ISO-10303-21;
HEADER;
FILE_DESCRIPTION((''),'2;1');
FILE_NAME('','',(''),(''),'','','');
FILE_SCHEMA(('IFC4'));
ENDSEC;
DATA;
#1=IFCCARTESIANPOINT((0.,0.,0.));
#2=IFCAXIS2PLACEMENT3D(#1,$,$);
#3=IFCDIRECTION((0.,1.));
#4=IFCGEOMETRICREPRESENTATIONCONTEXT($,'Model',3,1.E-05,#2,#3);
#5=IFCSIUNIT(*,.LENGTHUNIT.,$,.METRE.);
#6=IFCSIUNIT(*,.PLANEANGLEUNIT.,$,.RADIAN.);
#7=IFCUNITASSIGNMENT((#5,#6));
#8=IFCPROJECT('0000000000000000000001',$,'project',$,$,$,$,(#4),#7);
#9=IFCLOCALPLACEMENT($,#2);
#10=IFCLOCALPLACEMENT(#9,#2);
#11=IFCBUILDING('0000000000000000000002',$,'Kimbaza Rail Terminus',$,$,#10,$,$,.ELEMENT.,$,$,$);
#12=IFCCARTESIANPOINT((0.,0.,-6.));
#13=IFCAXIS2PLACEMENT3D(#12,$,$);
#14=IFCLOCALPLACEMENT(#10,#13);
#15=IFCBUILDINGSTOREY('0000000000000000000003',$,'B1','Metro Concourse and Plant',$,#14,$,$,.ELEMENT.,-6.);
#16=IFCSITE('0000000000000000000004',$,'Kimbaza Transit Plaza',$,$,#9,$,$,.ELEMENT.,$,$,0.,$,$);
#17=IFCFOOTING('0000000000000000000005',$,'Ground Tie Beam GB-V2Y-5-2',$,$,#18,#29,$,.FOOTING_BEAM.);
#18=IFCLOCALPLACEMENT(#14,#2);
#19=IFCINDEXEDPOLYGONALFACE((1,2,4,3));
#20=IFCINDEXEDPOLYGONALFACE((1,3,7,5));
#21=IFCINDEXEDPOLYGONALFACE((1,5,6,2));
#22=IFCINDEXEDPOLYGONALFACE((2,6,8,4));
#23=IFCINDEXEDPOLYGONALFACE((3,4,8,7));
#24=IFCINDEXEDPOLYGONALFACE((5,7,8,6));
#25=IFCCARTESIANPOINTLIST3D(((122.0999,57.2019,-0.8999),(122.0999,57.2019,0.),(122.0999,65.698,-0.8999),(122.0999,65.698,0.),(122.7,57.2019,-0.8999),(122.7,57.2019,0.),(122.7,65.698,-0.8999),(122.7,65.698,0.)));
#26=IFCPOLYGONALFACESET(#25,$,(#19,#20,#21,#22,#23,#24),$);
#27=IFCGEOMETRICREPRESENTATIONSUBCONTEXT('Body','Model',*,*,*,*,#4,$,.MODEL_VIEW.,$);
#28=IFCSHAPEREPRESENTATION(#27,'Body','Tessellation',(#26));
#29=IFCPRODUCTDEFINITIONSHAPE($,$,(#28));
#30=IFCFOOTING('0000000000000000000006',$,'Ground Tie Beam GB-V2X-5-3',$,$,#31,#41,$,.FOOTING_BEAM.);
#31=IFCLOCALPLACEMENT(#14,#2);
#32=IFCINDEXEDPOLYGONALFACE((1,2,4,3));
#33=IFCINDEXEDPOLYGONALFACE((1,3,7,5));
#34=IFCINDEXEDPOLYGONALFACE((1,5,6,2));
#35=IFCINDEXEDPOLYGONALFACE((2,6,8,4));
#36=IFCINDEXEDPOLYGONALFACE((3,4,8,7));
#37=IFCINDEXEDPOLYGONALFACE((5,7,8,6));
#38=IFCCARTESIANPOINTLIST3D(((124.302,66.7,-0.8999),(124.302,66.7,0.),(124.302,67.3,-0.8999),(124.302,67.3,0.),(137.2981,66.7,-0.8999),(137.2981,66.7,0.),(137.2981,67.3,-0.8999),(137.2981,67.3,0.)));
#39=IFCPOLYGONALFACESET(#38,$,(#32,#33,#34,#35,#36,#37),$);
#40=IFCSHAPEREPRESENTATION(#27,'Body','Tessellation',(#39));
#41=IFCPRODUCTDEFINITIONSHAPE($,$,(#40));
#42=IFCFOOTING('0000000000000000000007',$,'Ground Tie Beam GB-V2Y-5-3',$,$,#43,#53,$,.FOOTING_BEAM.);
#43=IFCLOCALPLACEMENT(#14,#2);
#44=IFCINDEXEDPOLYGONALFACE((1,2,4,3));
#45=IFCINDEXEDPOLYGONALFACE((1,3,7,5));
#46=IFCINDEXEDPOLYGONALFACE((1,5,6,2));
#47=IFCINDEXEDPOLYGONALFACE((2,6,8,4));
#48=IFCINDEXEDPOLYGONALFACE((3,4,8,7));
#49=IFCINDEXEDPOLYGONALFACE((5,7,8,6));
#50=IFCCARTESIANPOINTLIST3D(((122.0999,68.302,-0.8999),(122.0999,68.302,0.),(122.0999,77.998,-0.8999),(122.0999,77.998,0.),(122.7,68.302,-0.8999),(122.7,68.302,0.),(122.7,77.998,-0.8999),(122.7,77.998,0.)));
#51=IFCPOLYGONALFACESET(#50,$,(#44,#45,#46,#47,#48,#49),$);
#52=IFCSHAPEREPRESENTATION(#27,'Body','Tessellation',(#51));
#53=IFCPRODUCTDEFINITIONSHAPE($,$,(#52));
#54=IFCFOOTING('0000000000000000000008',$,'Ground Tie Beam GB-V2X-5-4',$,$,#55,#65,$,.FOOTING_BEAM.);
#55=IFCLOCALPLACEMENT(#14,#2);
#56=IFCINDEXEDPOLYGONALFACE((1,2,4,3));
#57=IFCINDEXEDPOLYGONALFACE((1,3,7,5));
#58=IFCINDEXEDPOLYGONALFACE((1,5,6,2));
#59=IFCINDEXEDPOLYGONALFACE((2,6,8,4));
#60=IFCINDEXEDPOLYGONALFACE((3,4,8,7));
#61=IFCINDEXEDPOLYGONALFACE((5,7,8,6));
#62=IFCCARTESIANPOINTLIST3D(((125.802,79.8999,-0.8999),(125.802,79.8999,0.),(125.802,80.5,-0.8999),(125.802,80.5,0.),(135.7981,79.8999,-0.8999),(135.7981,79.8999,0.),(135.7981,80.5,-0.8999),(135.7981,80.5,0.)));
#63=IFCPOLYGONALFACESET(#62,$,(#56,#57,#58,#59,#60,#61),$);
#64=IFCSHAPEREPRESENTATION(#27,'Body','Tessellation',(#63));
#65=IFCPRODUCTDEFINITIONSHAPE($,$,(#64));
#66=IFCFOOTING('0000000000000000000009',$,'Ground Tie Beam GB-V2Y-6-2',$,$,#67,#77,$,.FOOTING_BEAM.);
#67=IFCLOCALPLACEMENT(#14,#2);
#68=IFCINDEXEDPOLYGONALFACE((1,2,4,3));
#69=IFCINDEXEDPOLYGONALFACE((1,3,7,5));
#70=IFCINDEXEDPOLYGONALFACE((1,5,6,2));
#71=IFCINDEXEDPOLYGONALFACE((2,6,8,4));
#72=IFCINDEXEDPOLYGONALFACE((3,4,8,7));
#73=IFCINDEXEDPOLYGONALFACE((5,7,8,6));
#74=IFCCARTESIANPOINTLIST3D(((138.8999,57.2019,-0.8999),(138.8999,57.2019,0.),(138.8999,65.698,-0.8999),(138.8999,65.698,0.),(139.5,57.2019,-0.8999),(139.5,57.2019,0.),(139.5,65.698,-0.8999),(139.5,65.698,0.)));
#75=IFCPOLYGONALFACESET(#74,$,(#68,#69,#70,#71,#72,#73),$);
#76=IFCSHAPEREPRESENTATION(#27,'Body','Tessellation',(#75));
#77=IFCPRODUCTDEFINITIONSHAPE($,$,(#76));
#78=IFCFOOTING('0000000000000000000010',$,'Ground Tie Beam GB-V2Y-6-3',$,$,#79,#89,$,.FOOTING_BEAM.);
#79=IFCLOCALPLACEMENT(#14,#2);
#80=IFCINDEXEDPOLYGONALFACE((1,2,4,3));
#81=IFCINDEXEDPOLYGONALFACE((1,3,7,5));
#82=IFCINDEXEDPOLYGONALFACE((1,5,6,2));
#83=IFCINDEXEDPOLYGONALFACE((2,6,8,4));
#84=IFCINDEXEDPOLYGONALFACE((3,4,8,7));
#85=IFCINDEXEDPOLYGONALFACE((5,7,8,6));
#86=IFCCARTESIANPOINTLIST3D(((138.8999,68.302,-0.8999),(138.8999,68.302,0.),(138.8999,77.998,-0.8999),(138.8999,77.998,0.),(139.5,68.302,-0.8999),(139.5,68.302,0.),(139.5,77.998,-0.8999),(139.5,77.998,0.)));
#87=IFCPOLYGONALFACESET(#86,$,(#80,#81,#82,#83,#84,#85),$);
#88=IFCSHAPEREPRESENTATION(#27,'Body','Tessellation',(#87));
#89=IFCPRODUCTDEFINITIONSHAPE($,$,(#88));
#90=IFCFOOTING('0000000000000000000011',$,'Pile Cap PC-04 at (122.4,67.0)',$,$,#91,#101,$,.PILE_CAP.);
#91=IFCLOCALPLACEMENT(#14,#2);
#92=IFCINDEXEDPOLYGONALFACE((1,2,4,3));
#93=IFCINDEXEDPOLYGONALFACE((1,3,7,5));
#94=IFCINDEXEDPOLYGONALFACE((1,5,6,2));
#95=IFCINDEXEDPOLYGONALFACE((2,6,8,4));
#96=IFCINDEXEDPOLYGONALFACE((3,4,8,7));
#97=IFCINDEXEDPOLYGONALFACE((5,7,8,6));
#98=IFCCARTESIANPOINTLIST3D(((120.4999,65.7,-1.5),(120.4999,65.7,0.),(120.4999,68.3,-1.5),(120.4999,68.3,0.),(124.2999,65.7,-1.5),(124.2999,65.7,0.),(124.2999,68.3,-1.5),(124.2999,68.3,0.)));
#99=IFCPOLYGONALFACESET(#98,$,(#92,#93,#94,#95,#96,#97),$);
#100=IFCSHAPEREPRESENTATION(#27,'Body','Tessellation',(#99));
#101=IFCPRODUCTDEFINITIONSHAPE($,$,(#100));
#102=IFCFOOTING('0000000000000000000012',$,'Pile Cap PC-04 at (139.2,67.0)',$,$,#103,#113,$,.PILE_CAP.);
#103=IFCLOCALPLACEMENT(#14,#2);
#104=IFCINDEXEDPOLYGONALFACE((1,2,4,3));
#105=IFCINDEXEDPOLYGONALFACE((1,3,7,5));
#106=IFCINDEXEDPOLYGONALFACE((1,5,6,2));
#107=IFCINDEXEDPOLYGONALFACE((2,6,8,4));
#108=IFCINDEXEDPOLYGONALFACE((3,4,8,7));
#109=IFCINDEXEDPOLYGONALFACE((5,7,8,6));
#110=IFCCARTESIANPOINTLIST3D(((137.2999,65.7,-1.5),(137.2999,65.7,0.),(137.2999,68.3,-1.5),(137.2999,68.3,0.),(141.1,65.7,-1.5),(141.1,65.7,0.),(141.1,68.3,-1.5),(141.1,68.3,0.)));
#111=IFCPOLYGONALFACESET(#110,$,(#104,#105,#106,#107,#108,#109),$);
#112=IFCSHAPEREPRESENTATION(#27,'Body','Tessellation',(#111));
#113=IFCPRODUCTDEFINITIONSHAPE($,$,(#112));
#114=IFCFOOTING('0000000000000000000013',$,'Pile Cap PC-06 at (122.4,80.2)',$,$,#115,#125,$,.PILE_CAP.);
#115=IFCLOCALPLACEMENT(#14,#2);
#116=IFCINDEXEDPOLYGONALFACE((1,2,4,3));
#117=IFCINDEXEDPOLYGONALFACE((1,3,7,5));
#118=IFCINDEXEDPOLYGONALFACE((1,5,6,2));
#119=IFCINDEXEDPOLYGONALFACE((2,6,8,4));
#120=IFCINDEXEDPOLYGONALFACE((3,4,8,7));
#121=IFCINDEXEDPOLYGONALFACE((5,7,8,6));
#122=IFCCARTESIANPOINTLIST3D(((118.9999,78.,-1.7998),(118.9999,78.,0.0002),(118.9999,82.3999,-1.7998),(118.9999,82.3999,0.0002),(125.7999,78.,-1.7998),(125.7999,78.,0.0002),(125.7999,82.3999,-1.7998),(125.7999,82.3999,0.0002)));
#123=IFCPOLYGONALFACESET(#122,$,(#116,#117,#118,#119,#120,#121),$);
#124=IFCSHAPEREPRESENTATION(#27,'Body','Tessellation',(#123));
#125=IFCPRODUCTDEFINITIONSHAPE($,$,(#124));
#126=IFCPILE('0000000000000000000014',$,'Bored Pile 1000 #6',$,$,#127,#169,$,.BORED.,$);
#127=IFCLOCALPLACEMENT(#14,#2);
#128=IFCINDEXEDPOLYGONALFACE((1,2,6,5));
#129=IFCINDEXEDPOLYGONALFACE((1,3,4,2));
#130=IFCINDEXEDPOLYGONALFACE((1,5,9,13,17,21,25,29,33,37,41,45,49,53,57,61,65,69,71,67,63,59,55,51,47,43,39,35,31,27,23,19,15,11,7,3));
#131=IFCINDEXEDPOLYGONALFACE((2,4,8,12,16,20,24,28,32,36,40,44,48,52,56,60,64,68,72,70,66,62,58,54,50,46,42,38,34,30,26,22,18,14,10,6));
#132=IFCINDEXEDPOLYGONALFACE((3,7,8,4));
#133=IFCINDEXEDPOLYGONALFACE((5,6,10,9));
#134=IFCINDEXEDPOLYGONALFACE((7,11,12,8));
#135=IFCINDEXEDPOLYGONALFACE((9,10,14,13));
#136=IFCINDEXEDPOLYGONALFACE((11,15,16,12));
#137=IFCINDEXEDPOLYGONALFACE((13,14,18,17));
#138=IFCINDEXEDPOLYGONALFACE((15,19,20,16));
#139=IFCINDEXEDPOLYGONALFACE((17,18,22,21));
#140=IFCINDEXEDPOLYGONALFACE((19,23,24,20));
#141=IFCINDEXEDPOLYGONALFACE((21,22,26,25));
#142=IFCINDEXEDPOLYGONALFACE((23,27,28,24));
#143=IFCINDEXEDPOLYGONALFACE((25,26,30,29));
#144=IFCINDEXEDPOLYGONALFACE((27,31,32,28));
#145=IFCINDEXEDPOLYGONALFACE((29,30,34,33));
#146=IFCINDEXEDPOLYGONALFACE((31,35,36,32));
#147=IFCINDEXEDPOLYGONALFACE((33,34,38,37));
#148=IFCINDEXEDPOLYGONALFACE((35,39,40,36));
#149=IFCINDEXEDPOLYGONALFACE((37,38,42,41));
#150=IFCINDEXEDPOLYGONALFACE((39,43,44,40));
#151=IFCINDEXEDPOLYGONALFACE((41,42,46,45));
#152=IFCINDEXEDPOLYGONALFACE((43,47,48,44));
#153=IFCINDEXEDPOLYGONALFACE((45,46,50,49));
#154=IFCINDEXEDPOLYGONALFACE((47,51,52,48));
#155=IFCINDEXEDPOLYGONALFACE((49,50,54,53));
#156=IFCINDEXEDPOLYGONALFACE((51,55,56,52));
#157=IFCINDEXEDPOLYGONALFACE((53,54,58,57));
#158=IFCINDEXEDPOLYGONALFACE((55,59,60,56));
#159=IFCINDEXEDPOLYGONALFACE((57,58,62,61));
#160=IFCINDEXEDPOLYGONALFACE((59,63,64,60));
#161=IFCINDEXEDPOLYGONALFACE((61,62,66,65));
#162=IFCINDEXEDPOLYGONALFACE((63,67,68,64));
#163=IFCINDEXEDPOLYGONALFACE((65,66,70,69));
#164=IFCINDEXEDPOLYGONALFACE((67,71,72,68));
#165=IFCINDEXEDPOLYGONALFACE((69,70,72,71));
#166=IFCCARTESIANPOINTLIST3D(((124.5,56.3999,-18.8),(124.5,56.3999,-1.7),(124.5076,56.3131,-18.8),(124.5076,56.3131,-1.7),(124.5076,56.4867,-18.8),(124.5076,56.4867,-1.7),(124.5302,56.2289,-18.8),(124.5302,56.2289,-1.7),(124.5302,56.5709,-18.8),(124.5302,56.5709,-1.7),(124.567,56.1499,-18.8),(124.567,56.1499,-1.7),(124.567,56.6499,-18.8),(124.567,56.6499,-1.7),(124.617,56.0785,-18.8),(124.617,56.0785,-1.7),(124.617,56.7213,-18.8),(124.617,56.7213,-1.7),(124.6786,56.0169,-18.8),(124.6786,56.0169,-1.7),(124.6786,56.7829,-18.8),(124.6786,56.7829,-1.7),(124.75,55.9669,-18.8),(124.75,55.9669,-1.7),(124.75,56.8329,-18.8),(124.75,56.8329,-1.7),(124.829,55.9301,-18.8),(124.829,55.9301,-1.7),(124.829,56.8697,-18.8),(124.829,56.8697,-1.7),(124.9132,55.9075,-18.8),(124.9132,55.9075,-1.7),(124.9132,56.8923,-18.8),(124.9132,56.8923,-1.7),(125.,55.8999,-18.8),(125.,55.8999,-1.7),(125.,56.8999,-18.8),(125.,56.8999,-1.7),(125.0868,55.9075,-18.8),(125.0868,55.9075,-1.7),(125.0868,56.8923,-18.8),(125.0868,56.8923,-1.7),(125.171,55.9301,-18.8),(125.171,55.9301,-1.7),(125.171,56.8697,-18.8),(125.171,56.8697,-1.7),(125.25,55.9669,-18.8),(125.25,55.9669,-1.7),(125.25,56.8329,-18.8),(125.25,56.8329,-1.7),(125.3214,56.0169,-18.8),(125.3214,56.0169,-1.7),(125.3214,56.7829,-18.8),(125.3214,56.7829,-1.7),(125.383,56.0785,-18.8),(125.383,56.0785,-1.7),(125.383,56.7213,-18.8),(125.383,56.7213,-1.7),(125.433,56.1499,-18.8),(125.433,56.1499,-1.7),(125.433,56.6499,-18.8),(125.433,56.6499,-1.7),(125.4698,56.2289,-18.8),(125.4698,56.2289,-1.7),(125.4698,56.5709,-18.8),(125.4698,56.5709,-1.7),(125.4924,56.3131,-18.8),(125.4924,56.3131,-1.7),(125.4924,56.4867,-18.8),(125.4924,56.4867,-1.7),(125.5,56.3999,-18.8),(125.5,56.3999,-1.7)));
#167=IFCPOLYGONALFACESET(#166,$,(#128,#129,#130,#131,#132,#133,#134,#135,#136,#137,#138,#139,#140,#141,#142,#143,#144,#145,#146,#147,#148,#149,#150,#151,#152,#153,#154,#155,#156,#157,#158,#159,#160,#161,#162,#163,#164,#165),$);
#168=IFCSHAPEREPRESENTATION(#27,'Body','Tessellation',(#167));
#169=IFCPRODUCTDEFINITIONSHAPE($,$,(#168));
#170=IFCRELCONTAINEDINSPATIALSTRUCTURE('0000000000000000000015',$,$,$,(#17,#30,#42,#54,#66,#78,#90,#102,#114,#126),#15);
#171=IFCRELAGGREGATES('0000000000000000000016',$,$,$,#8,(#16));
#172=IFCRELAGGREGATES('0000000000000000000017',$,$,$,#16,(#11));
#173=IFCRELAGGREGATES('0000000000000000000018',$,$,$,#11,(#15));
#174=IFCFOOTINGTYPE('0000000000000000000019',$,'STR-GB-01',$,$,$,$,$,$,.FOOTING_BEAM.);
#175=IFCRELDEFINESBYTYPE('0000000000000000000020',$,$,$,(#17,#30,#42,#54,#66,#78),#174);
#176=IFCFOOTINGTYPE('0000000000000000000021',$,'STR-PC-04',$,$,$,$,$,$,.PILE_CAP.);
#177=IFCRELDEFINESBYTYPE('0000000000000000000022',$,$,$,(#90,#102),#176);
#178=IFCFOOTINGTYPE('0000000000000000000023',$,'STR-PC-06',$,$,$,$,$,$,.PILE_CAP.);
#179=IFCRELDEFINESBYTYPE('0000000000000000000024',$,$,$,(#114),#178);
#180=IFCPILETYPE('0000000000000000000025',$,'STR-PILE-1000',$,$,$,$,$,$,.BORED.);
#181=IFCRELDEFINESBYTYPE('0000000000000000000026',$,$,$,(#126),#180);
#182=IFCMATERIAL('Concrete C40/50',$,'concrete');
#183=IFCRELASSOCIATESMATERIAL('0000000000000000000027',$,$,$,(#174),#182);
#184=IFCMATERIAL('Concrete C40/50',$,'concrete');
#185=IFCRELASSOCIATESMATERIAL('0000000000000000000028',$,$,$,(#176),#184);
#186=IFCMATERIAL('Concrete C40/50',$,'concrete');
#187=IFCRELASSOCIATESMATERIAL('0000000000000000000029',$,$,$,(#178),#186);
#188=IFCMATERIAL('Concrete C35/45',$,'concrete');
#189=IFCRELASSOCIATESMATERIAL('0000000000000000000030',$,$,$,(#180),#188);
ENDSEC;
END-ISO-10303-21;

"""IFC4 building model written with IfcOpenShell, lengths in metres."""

from ifc_helpers import new_model, si_unit, direction, frame, origin, origin_2d, place, context, subcontext, project, spatial, rectangle, circle, extrude, material, material_profile, profile_set, type_object, element, save


model = new_model("IFC4")

# Units and contexts
model_context = context("Model", 3, precision=1e-05, world=origin(), true_north=direction((0.0, 1.0)))
body_context = subcontext(model_context, "Body", "Model", "MODEL_VIEW")
ifc_project = project(units=[si_unit("LENGTHUNIT", "METRE"), si_unit("PLANEANGLEUNIT", "RADIAN")], contexts=[model_context])

# Site, building, storey
site_placement = place(None, origin())
site = spatial("IfcSite", under=ifc_project, at=site_placement, Name="Kimbaza Transit Plaza", CompositionType="ELEMENT", RefElevation=0.0)
building_placement = place(site_placement, origin())
building = spatial("IfcBuilding", under=site, at=building_placement, Name="Kimbaza Rail Terminus", CompositionType="ELEMENT")
storey_placement = place(building_placement, frame((0.0, 0.0, -6.0)))
storey = spatial("IfcBuildingStorey", under=building, at=storey_placement, Name="B1", Description="Metro Concourse and Plant", CompositionType="ELEMENT", Elevation=-6.0)

# Footings
ifc_material_1 = material(Name="Concrete C40/50", Category="concrete")
ifc_material_profile_1 = material_profile(ifc_material_1, rectangle(XDim=0.6001, YDim=0.8999, at=origin_2d()), Name="GB-01 600x900")
ifc_profile_set_1 = profile_set([ifc_material_profile_1], Name="Concrete C40/50")
footing_type_1 = type_object("IfcFootingType", Name="STR-GB-01", PredefinedType="FOOTING_BEAM", material=ifc_profile_set_1)
footing_1_placement = place(storey_placement, frame((122.3999, 57.2019, -0.45), z_axis=(0.0, 1.0, 0.0), x_axis=(-1.0, 0.0, 0.0)))
element("IfcFooting", 1, at=footing_1_placement, inside=storey, type_object=footing_type_1, Name="Ground Tie Beam GB-V2Y-5-2", PredefinedType="FOOTING_BEAM", context=body_context, shape_type="SweptSolid", body=[
    extrude(rectangle(XDim=0.6001, YDim=0.8999, at=origin_2d()), origin(), (0.0, 0.0, 1.0), 8.4961),
])
footing_2_placement = place(storey_placement, frame((124.302, 67.0, -0.45), z_axis=(1.0, 0.0, 0.0), x_axis=(0.0, 1.0, 0.0)))
element("IfcFooting", 2, at=footing_2_placement, inside=storey, type_object=footing_type_1, Name="Ground Tie Beam GB-V2X-5-3", PredefinedType="FOOTING_BEAM", context=body_context, shape_type="SweptSolid", body=[
    extrude(rectangle(XDim=0.6001, YDim=0.8999, at=origin_2d()), origin(), (0.0, 0.0, 1.0), 12.9961),
])
footing_3_placement = place(storey_placement, frame((122.3999, 68.302, -0.45), z_axis=(0.0, 1.0, 0.0), x_axis=(-1.0, 0.0, 0.0)))
element("IfcFooting", 3, at=footing_3_placement, inside=storey, type_object=footing_type_1, Name="Ground Tie Beam GB-V2Y-5-3", PredefinedType="FOOTING_BEAM", context=body_context, shape_type="SweptSolid", body=[
    extrude(rectangle(XDim=0.6001, YDim=0.8999, at=origin_2d()), origin(), (0.0, 0.0, 1.0), 9.696),
])
footing_4_placement = place(storey_placement, frame((125.802, 80.2, -0.45), z_axis=(1.0, 0.0, 0.0), x_axis=(0.0, 1.0, 0.0)))
element("IfcFooting", 4, at=footing_4_placement, inside=storey, type_object=footing_type_1, Name="Ground Tie Beam GB-V2X-5-4", PredefinedType="FOOTING_BEAM", context=body_context, shape_type="SweptSolid", body=[
    extrude(rectangle(XDim=0.6001, YDim=0.8999, at=origin_2d()), origin(), (0.0, 0.0, 1.0), 9.9961),
])
footing_5_placement = place(storey_placement, frame((139.2, 57.2019, -0.45), z_axis=(0.0, 1.0, 0.0), x_axis=(-1.0, 0.0, 0.0)))
element("IfcFooting", 5, at=footing_5_placement, inside=storey, type_object=footing_type_1, Name="Ground Tie Beam GB-V2Y-6-2", PredefinedType="FOOTING_BEAM", context=body_context, shape_type="SweptSolid", body=[
    extrude(rectangle(XDim=0.6001, YDim=0.8999, at=origin_2d()), origin(), (0.0, 0.0, 1.0), 8.4961),
])
footing_6_placement = place(storey_placement, frame((139.2, 68.302, -0.45), z_axis=(0.0, 1.0, 0.0), x_axis=(-1.0, 0.0, 0.0)))
element("IfcFooting", 6, at=footing_6_placement, inside=storey, type_object=footing_type_1, Name="Ground Tie Beam GB-V2Y-6-3", PredefinedType="FOOTING_BEAM", context=body_context, shape_type="SweptSolid", body=[
    extrude(rectangle(XDim=0.6001, YDim=0.8999, at=origin_2d()), origin(), (0.0, 0.0, 1.0), 9.696),
])
ifc_material_2 = material(Name="Concrete C40/50", Category="concrete")
footing_type_2 = type_object("IfcFootingType", Name="STR-PC-04", PredefinedType="PILE_CAP", material=ifc_material_2)
for number, where, z_axis, x_axis, name in (
    (7, (122.3999, 67.0, -1.5), (0.0, 0.0, 1.0), (1.0, 0.0, 0.0), "Pile Cap PC-04 at (122.4,67.0)"),
    (8, (139.2, 67.0, -1.5), (0.0, 0.0, 1.0), (1.0, 0.0, 0.0), "Pile Cap PC-04 at (139.2,67.0)"),
):
    element("IfcFooting", number, at=place(storey_placement, frame(where, z_axis=z_axis, x_axis=x_axis)), inside=storey, type_object=footing_type_2, Name=name, PredefinedType="PILE_CAP", context=body_context, shape_type="SweptSolid", body=[
        extrude(rectangle(XDim=3.8, YDim=2.6001, at=origin_2d()), origin(), (0.0, 0.0, 1.0), 1.5),
    ])
ifc_material_3 = material(Name="Concrete C40/50", Category="concrete")
footing_type_3 = type_object("IfcFootingType", Name="STR-PC-06", PredefinedType="PILE_CAP", material=ifc_material_3)
footing_7_placement = place(storey_placement, frame((122.3999, 80.2, -1.7998), z_axis=(0.0, 0.0, 1.0), x_axis=(1.0, 0.0, 0.0)))
element("IfcFooting", 9, at=footing_7_placement, inside=storey, type_object=footing_type_3, Name="Pile Cap PC-06 at (122.4,80.2)", PredefinedType="PILE_CAP", context=body_context, shape_type="SweptSolid", body=[
    extrude(rectangle(XDim=6.8, YDim=4.3999, at=origin_2d()), origin(), (0.0, 0.0, 1.0), 1.8),
])

# Pile
ifc_material_4 = material(Name="Concrete C35/45", Category="concrete")
ifc_material_profile_2 = material_profile(ifc_material_4, circle(Radius=0.5, at=origin_2d()), Name="BORED PILE 1000")
ifc_profile_set_2 = profile_set([ifc_material_profile_2], Name="Concrete C35/45")
pile_type_1 = type_object("IfcPileType", Name="STR-PILE-1000", PredefinedType="BORED", material=ifc_profile_set_2)
for number, where, z_axis, x_axis, name in (
    (10, (125.0, 56.3999, -1.7), (0.0, 0.0, -1.0), (1.0, 0.0, 0.0), "Bored Pile 1000 #6"),
):
    element("IfcPile", number, at=place(storey_placement, frame(where, z_axis=z_axis, x_axis=x_axis)), inside=storey, type_object=pile_type_1, Name=name, PredefinedType="BORED", context=body_context, shape_type="SweptSolid", body=[
        extrude(circle(Radius=0.5, at=origin_2d()), origin(), (0.0, 0.0, 1.0), 17.1001),
    ])

save(model, "model.ifc")
